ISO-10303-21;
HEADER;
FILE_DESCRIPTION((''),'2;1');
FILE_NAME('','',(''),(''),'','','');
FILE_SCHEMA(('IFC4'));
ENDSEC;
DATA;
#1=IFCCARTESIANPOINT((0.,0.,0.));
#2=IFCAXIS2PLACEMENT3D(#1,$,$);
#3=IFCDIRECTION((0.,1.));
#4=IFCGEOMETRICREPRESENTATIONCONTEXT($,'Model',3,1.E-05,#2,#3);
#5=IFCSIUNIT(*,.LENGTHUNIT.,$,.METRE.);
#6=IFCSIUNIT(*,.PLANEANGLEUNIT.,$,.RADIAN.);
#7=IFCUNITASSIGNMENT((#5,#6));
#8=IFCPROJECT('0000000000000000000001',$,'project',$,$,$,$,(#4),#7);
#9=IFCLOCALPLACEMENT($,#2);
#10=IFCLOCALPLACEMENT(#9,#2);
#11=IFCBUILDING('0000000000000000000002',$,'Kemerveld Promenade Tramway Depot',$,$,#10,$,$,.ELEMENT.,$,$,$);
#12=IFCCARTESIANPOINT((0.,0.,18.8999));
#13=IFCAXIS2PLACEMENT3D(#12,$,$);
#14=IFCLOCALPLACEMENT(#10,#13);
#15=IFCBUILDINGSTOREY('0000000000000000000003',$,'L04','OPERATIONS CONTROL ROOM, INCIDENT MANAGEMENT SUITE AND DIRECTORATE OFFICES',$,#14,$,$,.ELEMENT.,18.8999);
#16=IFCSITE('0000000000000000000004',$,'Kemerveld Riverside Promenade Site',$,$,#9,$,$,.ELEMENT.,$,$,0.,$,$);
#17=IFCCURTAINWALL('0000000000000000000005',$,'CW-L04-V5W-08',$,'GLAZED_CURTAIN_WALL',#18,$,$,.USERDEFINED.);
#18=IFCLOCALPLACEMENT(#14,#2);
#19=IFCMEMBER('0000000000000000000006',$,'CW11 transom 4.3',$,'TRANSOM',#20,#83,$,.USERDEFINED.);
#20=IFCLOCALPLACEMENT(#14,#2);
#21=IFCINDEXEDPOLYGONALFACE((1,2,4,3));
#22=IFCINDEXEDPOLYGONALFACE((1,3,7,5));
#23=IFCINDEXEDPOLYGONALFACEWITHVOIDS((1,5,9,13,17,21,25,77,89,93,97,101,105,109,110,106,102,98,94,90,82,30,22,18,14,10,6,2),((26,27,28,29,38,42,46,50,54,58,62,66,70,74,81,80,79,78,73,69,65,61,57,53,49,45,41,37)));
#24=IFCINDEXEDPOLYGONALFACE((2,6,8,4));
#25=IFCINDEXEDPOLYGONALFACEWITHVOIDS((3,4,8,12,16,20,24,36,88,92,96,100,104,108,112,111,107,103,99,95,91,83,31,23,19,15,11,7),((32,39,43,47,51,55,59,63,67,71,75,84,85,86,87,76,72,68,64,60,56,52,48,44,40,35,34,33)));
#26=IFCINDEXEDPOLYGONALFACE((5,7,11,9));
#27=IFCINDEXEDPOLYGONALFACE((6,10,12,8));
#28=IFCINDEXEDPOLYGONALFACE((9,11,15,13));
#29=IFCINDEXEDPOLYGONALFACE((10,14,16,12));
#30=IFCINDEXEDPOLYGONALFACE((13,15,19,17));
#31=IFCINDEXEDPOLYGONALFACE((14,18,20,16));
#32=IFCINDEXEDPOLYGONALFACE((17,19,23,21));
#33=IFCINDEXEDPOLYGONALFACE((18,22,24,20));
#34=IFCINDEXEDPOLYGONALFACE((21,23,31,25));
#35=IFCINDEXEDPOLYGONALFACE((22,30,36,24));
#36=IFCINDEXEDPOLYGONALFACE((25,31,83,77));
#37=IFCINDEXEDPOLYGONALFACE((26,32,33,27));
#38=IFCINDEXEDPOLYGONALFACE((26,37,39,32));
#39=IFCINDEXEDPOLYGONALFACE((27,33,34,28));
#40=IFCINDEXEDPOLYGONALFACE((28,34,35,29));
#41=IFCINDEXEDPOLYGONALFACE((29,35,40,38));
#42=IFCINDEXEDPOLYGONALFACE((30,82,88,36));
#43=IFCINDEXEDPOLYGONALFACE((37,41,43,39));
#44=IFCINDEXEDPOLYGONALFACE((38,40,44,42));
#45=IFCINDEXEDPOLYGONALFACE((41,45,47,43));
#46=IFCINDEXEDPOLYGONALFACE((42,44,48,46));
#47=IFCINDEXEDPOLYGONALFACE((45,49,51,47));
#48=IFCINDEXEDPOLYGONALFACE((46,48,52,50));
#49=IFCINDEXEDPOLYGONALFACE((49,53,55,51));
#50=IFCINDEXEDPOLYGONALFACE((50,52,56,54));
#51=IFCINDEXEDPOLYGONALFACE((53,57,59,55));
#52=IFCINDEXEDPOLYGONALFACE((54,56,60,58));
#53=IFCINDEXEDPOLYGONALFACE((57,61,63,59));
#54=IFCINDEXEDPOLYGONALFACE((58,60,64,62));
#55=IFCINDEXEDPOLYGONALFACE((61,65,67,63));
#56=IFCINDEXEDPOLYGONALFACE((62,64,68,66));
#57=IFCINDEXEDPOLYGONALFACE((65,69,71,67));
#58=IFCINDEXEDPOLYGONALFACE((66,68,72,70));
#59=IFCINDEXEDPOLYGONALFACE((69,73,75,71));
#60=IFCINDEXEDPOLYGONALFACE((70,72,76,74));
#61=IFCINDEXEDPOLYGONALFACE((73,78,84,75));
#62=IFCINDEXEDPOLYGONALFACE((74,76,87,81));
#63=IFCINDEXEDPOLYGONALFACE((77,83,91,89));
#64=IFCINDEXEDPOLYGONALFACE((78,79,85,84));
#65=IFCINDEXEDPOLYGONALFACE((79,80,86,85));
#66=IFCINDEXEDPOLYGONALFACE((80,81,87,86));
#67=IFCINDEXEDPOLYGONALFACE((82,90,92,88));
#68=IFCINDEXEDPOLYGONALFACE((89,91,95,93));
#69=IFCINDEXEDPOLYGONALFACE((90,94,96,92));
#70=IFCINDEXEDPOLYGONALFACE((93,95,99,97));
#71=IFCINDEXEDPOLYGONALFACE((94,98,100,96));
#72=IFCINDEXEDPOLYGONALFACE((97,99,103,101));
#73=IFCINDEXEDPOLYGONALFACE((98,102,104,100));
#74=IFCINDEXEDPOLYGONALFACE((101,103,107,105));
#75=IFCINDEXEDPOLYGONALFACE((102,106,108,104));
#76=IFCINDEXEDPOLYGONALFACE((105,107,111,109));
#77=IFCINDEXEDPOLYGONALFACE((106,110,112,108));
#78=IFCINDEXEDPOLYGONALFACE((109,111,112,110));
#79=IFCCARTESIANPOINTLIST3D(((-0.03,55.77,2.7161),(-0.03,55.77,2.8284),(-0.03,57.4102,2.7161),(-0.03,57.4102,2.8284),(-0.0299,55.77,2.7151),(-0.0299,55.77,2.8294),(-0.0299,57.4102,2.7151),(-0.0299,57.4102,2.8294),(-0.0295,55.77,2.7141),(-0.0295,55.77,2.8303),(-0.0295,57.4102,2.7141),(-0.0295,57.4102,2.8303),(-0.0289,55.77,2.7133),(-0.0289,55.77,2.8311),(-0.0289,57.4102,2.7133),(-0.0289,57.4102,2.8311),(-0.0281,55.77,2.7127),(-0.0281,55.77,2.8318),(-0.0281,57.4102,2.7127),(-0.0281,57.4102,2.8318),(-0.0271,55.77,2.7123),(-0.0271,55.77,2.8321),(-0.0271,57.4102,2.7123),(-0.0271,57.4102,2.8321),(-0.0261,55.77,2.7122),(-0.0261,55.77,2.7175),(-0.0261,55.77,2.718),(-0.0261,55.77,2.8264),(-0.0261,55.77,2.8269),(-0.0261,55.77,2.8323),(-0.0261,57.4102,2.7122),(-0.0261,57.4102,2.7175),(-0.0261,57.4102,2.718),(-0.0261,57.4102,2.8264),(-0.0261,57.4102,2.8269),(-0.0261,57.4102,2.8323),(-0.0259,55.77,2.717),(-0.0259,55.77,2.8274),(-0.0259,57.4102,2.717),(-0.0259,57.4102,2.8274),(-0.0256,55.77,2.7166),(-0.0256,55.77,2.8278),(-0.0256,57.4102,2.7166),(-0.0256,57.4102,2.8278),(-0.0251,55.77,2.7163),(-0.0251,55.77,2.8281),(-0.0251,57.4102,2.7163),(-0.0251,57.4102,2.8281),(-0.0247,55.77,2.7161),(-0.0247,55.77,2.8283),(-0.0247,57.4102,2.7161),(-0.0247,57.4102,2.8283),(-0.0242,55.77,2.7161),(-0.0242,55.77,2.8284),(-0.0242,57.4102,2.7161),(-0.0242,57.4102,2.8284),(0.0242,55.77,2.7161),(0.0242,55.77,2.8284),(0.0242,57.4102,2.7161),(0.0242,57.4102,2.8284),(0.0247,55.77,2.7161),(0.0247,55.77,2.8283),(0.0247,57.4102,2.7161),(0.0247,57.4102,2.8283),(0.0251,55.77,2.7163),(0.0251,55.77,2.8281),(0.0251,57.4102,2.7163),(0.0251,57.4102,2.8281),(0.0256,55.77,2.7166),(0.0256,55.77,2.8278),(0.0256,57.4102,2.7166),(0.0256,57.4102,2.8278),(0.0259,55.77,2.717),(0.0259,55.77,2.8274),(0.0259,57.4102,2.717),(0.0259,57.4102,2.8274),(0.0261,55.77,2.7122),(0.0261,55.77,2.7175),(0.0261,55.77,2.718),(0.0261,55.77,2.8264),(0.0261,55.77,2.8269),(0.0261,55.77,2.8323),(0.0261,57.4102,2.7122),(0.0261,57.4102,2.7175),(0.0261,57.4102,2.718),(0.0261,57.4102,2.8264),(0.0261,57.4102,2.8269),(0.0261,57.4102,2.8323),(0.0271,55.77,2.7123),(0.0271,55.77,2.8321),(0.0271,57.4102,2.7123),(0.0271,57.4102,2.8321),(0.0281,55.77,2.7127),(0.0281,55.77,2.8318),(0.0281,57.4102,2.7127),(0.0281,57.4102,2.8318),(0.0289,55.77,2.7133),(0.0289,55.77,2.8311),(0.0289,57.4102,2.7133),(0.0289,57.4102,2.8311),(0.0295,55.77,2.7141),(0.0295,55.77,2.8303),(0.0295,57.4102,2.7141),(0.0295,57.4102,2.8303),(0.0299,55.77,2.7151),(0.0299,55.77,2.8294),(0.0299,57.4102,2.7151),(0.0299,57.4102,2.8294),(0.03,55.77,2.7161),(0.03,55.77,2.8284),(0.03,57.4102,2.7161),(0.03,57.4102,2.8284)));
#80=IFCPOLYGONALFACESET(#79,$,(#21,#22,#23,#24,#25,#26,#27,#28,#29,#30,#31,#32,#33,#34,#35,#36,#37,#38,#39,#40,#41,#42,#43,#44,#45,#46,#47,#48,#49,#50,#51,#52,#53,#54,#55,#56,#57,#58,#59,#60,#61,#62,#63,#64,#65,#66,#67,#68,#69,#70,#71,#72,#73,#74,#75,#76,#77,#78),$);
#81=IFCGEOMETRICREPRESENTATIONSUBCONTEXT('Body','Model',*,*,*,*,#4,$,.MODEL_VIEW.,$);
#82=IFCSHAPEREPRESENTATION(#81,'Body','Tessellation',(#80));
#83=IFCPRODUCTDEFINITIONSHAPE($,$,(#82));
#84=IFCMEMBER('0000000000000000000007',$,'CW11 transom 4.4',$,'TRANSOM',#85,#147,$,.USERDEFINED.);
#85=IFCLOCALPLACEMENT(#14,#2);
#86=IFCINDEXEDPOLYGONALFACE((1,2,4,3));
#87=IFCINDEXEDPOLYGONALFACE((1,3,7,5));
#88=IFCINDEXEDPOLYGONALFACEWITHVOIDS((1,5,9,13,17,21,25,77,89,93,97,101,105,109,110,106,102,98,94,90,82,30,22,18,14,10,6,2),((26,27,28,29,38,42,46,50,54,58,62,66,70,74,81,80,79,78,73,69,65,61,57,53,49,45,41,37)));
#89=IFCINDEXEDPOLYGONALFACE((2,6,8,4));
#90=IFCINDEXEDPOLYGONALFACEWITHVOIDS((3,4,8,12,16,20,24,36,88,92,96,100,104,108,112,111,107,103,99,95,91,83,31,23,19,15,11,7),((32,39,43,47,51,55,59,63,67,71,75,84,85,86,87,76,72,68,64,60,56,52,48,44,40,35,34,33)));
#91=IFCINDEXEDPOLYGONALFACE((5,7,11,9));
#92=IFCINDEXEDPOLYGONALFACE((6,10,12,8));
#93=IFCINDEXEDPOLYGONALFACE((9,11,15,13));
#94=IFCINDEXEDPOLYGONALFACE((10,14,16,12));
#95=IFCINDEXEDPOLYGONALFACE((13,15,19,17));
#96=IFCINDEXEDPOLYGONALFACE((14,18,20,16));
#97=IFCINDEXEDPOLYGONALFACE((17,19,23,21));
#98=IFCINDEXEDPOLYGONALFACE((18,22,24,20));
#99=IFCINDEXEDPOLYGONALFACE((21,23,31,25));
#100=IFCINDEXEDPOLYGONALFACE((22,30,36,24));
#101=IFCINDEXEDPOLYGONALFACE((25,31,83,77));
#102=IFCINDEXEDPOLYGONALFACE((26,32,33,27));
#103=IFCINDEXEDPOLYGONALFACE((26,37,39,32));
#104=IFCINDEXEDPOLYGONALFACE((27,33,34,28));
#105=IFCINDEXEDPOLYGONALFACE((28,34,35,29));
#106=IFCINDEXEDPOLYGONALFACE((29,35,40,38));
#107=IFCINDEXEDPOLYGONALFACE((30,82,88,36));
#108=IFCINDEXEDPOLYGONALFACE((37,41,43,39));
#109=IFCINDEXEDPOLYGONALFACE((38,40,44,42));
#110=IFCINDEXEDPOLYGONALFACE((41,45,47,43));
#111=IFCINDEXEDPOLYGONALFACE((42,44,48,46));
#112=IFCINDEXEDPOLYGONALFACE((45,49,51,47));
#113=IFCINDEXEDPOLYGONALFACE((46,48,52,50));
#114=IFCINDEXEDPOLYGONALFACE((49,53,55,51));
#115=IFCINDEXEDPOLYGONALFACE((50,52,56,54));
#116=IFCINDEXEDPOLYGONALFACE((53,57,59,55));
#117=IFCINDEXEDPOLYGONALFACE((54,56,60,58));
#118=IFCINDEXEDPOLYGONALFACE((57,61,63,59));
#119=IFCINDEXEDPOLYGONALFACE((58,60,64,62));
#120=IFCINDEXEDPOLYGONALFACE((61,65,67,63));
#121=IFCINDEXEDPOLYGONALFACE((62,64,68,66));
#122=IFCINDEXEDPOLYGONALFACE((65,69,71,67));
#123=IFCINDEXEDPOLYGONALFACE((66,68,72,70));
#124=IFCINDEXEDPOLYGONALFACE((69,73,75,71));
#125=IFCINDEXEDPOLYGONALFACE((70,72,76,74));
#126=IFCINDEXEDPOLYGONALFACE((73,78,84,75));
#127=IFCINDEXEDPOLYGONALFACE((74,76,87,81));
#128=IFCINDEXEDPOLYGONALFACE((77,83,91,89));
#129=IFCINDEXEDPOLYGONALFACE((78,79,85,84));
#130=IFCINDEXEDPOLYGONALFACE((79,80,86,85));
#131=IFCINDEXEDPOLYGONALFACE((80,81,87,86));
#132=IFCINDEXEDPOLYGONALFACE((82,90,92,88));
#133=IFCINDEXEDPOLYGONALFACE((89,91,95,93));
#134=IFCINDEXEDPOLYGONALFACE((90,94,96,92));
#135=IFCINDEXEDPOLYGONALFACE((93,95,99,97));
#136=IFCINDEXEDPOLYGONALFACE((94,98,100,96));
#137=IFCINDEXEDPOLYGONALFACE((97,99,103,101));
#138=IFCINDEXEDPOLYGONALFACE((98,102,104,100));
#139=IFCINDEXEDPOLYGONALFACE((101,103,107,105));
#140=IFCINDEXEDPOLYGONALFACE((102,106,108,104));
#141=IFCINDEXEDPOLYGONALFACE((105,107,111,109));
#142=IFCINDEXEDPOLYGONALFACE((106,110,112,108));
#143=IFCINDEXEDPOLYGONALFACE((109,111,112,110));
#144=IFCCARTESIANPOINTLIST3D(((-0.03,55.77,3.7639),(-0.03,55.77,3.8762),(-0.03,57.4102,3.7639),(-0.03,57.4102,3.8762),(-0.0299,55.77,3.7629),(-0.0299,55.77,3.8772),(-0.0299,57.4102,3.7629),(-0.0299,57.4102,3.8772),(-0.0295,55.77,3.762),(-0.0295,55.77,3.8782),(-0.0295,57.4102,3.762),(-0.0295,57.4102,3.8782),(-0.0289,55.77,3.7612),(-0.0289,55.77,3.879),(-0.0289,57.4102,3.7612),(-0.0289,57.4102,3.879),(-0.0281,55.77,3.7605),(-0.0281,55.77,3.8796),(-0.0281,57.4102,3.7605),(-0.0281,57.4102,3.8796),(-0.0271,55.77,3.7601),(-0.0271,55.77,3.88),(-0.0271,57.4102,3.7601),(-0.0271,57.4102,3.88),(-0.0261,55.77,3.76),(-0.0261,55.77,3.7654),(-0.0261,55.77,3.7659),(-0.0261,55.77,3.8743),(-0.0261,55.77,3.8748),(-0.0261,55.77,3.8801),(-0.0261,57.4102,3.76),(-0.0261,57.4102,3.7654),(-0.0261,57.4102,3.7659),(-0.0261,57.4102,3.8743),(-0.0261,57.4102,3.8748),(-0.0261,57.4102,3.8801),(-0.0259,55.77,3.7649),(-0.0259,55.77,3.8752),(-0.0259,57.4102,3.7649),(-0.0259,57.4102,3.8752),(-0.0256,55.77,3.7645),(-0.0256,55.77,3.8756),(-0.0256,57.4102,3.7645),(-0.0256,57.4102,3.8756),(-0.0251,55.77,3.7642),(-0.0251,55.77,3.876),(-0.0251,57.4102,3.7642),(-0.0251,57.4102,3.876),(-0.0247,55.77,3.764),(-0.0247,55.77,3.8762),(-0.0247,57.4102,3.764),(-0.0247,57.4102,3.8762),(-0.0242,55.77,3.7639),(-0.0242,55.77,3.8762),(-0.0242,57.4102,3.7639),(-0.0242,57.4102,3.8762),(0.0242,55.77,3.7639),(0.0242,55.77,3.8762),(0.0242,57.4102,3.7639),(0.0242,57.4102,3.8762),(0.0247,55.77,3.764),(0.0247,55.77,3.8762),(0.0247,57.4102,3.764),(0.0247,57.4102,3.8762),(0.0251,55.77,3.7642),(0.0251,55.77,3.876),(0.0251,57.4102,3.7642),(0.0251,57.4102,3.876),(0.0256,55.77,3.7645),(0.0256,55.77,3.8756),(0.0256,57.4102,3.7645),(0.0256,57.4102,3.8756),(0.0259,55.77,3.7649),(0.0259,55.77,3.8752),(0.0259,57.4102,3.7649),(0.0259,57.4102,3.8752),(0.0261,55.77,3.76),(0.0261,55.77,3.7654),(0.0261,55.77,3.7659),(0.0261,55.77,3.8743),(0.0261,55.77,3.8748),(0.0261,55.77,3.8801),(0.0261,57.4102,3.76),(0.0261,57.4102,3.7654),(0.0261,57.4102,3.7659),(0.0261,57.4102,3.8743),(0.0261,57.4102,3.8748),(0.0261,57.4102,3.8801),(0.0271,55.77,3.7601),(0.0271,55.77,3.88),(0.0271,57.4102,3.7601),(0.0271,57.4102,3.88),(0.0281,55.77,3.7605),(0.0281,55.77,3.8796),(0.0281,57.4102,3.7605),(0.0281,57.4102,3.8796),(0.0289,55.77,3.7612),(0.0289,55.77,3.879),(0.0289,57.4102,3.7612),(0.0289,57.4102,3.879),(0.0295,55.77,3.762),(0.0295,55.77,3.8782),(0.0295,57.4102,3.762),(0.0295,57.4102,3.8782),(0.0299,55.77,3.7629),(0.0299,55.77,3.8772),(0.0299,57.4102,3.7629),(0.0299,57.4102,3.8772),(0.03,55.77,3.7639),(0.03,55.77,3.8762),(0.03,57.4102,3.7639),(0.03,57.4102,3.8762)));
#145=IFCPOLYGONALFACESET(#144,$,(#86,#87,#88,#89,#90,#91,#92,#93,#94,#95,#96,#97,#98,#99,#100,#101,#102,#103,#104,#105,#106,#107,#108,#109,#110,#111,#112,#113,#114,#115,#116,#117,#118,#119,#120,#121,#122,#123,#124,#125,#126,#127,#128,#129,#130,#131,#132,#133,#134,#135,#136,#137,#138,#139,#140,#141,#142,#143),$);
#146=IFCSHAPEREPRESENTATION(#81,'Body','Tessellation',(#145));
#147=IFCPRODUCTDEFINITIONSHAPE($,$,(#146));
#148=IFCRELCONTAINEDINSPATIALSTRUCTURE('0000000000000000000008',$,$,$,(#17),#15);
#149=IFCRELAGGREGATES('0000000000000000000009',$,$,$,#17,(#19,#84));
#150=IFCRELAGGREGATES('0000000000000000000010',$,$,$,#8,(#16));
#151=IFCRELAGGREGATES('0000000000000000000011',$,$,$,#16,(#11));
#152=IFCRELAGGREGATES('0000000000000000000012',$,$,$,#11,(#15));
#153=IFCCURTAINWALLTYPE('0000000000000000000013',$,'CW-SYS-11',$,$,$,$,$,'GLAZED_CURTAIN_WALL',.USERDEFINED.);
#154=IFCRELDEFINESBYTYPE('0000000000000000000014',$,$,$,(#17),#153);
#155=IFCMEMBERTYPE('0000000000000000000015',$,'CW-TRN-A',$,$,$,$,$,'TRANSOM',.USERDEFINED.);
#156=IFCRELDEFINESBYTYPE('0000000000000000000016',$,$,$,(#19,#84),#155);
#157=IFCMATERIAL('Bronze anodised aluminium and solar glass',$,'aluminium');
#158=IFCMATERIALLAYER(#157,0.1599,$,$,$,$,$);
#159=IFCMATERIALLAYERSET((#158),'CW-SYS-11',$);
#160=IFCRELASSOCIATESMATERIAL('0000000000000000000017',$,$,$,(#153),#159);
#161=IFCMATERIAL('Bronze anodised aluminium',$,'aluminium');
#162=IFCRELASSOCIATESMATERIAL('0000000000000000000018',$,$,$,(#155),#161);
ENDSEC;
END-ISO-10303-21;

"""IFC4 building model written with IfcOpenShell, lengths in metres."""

from ifc_helpers import new_model, si_unit, direction, frame, origin, origin_2d, place, context, subcontext, project, spatial, hollow_rectangle, extrude, material, layer, layer_set, material_profile, profile_set, type_object, element, aggregate, save


model = new_model("IFC4")

# Units and contexts
model_context = context("Model", 3, precision=1e-05, world=origin(), true_north=direction((0.0, 1.0)))
body_context = subcontext(model_context, "Body", "Model", "MODEL_VIEW")
ifc_project = project(units=[si_unit("LENGTHUNIT", "METRE"), si_unit("PLANEANGLEUNIT", "RADIAN")], contexts=[model_context])

# Site, building, storey
site_placement = place(None, origin())
site = spatial("IfcSite", under=ifc_project, at=site_placement, Name="Kemerveld Riverside Promenade Site", CompositionType="ELEMENT", RefElevation=0.0)
building_placement = place(site_placement, origin())
building = spatial("IfcBuilding", under=site, at=building_placement, Name="Kemerveld Promenade Tramway Depot", CompositionType="ELEMENT")
storey_placement = place(building_placement, frame((0.0, 0.0, 18.8999)))
storey = spatial("IfcBuildingStorey", under=building, at=storey_placement, Name="L04", Description="OPERATIONS CONTROL ROOM, INCIDENT MANAGEMENT SUITE AND DIRECTORATE OFFICES", CompositionType="ELEMENT", Elevation=18.8999)

# Curtain wall
ifc_material_1 = material(Name="Bronze anodised aluminium and solar glass", Category="aluminium")
ifc_layer_1 = layer(ifc_material_1, 0.1599)
ifc_layer_set_1 = layer_set([ifc_layer_1], Name="CW-SYS-11")
curtain_wall_type_1 = type_object("IfcCurtainWallType", Name="CW-SYS-11", ElementType="GLAZED_CURTAIN_WALL", PredefinedType="USERDEFINED", material=ifc_layer_set_1)
curtain_wall_1_placement = place(storey_placement, origin())
curtain_wall_1 = element("IfcCurtainWall", 1, at=curtain_wall_1_placement, inside=storey, type_object=curtain_wall_type_1, Name="CW-L04-V5W-08", ObjectType="GLAZED_CURTAIN_WALL", PredefinedType="USERDEFINED")
ifc_material_2 = material(Name="Bronze anodised aluminium", Category="aluminium")

# Members
ifc_material_profile_1 = material_profile(ifc_material_2, hollow_rectangle(XDim=0.0601, YDim=0.1201, WallThickness=0.0039, InnerFilletRadius=0.002, OuterFilletRadius=0.0039, at=origin_2d()), Name="CW-TRN-120x60")
ifc_profile_set_1 = profile_set([ifc_material_profile_1], Name="Bronze anodised aluminium")
member_type_1 = type_object("IfcMemberType", Name="CW-TRN-A", ElementType="TRANSOM", PredefinedType="USERDEFINED", material=ifc_profile_set_1)
member_1_placement = place(storey_placement, frame((0.0, 55.77, 2.7722), z_axis=(0.0, 1.0, 0.0), x_axis=(-1.0, 0.0, 0.0)))
member_1 = element("IfcMember", 2, at=member_1_placement, type_object=member_type_1, Name="CW11 transom 4.3", ObjectType="TRANSOM", PredefinedType="USERDEFINED", context=body_context, shape_type="SweptSolid", body=[
    extrude(hollow_rectangle(XDim=0.0601, YDim=0.1201, WallThickness=0.0039, InnerFilletRadius=0.002, OuterFilletRadius=0.0039, at=origin_2d()), origin(), (0.0, 0.0, 1.0), 1.6401),
])
member_2_placement = place(storey_placement, frame((0.0, 55.77, 3.8201), z_axis=(0.0, 1.0, 0.0), x_axis=(-1.0, 0.0, 0.0)))
member_2 = element("IfcMember", 3, at=member_2_placement, type_object=member_type_1, Name="CW11 transom 4.4", ObjectType="TRANSOM", PredefinedType="USERDEFINED", context=body_context, shape_type="SweptSolid", body=[
    extrude(hollow_rectangle(XDim=0.0601, YDim=0.1201, WallThickness=0.0039, InnerFilletRadius=0.002, OuterFilletRadius=0.0039, at=origin_2d()), origin(), (0.0, 0.0, 1.0), 1.6401),
])

aggregate(curtain_wall_1, [member_1, member_2])

save(model, "model.ifc")
